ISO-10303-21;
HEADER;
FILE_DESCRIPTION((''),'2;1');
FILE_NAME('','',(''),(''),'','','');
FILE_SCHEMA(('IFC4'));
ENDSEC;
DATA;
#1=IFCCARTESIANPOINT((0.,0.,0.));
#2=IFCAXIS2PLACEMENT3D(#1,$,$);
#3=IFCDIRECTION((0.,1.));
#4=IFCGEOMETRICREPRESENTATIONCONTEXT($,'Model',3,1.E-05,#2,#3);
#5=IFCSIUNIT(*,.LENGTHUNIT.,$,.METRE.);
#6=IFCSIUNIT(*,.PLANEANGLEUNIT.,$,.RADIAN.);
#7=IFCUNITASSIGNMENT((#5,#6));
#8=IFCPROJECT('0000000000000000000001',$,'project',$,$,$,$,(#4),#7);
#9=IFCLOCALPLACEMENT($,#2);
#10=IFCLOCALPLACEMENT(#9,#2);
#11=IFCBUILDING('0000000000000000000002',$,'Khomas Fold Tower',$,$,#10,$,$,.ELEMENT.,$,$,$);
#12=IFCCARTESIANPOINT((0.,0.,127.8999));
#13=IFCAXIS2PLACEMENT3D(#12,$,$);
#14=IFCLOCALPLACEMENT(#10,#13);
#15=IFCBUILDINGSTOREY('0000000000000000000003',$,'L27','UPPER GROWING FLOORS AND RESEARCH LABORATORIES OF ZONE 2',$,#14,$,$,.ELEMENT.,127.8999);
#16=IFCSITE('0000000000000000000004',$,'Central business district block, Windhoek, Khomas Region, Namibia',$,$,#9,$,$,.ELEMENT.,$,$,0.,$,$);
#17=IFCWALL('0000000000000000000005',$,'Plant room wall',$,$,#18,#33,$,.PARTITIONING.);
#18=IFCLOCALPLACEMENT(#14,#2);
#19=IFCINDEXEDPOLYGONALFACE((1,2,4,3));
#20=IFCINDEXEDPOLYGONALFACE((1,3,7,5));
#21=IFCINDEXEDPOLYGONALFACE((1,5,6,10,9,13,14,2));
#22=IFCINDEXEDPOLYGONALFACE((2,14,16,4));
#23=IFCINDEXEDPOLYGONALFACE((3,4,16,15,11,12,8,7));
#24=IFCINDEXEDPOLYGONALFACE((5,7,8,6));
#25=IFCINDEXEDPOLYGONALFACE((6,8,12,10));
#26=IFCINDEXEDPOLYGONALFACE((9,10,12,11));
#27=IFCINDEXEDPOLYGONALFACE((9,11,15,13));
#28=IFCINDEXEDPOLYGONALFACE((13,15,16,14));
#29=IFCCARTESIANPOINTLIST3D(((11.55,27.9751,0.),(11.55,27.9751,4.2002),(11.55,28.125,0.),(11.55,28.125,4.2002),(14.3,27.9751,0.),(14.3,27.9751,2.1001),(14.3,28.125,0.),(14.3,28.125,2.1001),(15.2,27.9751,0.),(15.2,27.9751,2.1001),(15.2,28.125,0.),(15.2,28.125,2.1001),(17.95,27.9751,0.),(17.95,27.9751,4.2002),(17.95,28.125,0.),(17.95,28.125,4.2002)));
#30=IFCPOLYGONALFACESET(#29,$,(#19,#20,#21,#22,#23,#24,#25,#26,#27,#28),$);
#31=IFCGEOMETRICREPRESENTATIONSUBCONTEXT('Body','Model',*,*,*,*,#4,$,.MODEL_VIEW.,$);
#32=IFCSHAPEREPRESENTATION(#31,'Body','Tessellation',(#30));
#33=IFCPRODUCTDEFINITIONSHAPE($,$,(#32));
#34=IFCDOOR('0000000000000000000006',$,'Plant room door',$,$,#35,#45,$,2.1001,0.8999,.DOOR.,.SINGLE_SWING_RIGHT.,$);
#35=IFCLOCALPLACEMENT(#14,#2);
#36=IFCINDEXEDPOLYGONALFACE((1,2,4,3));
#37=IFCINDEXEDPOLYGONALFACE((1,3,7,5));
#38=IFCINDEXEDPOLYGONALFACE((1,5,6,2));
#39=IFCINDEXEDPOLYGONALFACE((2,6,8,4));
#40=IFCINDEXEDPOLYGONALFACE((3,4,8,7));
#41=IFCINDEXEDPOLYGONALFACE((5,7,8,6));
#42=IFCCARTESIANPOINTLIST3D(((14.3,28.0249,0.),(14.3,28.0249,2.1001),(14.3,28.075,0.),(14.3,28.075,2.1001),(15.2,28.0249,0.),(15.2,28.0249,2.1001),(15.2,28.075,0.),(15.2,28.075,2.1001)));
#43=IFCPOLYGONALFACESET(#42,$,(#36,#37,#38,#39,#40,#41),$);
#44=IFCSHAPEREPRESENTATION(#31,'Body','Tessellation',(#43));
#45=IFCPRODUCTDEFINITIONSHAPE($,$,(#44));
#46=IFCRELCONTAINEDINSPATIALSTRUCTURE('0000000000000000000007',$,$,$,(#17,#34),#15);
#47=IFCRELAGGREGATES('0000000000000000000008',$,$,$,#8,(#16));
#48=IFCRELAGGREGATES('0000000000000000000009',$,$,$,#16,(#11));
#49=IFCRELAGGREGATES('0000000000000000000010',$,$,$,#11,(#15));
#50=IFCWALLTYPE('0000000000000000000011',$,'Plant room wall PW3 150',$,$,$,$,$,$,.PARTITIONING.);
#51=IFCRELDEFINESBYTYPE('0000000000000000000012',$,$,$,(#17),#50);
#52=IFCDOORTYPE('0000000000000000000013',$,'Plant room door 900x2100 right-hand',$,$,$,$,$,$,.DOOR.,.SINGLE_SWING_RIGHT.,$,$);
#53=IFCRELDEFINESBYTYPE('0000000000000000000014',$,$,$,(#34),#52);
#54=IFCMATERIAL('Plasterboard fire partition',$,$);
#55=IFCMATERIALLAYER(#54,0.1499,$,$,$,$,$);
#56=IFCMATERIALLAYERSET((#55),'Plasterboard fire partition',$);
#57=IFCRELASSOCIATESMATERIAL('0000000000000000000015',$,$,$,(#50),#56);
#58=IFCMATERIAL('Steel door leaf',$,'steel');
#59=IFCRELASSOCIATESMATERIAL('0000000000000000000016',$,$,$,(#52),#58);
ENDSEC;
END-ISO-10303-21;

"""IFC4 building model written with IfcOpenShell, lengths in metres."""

from ifc_helpers import new_model, si_unit, direction, frame, frame_2d, origin, place, context, subcontext, project, spatial, rectangle, extrude, source, transform, mapped, material, layer, layer_set, type_object, element, fill, save


model = new_model("IFC4")

# Units and contexts
model_context = context("Model", 3, precision=1e-05, world=origin(), true_north=direction((0.0, 1.0)))
body_context = subcontext(model_context, "Body", "Model", "MODEL_VIEW")
ifc_project = project(units=[si_unit("LENGTHUNIT", "METRE"), si_unit("PLANEANGLEUNIT", "RADIAN")], contexts=[model_context])

# Site, building, storey
site_placement = place(None, origin())
site = spatial("IfcSite", under=ifc_project, at=site_placement, Name="Central business district block, Windhoek, Khomas Region, Namibia", CompositionType="ELEMENT", RefElevation=0.0)
building_placement = place(site_placement, origin())
building = spatial("IfcBuilding", under=site, at=building_placement, Name="Khomas Fold Tower", CompositionType="ELEMENT")
storey_placement = place(building_placement, frame((0.0, 0.0, 127.8999)))
storey = spatial("IfcBuildingStorey", under=building, at=storey_placement, Name="L27", Description="UPPER GROWING FLOORS AND RESEARCH LABORATORIES OF ZONE 2", CompositionType="ELEMENT", Elevation=127.8999)

# Shared definitions
shared_shape_1 = source(origin(), body_context, "Body", "SweptSolid", [
    extrude(rectangle(XDim=0.8999, YDim=2.1001, at=frame_2d((0.45, 1.05))), frame((0.0, 0.0249, 0.0), z_axis=(0.0, -1.0, 0.0), x_axis=(1.0, 0.0, 0.0)), (0.0, 0.0, 1.0), 0.05),
])

# Wall, opening, door
ifc_material_1 = material(Name="Plasterboard fire partition")
ifc_layer_1 = layer(ifc_material_1, 0.1499)
ifc_layer_set_1 = layer_set([ifc_layer_1], Name="Plasterboard fire partition")
wall_type_1 = type_object("IfcWallType", Name="Plant room wall PW3 150", PredefinedType="PARTITIONING", material=ifc_layer_set_1)
shared_shape_2 = source(origin(), body_context, "Body", "SweptSolid", [
    extrude(rectangle(XDim=6.3999, YDim=0.1499, at=frame_2d((3.2, 0.0))), origin(), (0.0, 0.0, 1.0), 4.2002),
])
wall_1_placement = place(storey_placement, frame((11.55, 28.05, 0.0), z_axis=(0.0, 0.0, 1.0), x_axis=(1.0, 0.0, 0.0)))
wall_1 = element("IfcWall", 1, at=wall_1_placement, inside=storey, type_object=wall_type_1, Name="Plant room wall", PredefinedType="PARTITIONING", context=body_context, shape_type="MappedRepresentation", body=[
    mapped(shared_shape_2, transform((0.0, 0.0, 0.0))),
])
shared_shape_3 = source(origin(), body_context, "Body", "SweptSolid", [
    extrude(rectangle(XDim=0.8999, YDim=2.1001, at=frame_2d((0.45, 1.05))), frame((0.0, 0.085, 0.0), z_axis=(0.0, -1.0, 0.0), x_axis=(1.0, 0.0, 0.0)), (0.0, 0.0, 1.0), 0.1699),
])
opening_1_placement = place(wall_1_placement, frame((2.75, 0.0, 0.0)))
opening_1 = element("IfcOpeningElement", 2, at=opening_1_placement, cuts=wall_1, PredefinedType="OPENING", context=body_context, shape_type="MappedRepresentation", body=[
    mapped(shared_shape_3, transform((0.0, 0.0, 0.0))),
])
ifc_material_2 = material(Name="Steel door leaf", Category="steel")
door_type_1 = type_object("IfcDoorType", Name="Plant room door 900x2100 right-hand", OperationType="SINGLE_SWING_RIGHT", PredefinedType="DOOR", material=ifc_material_2)
door_1_placement = place(opening_1_placement, origin())
door_1 = element("IfcDoor", 3, at=door_1_placement, inside=storey, type_object=door_type_1, Name="Plant room door", OperationType="SINGLE_SWING_RIGHT", OverallHeight=2.1001, OverallWidth=0.8999, PredefinedType="DOOR", context=body_context, shape_type="MappedRepresentation", body=[
    mapped(shared_shape_1, transform((0.0, 0.0, 0.0))),
])
fill(opening_1, door_1)

save(model, "model.ifc")
